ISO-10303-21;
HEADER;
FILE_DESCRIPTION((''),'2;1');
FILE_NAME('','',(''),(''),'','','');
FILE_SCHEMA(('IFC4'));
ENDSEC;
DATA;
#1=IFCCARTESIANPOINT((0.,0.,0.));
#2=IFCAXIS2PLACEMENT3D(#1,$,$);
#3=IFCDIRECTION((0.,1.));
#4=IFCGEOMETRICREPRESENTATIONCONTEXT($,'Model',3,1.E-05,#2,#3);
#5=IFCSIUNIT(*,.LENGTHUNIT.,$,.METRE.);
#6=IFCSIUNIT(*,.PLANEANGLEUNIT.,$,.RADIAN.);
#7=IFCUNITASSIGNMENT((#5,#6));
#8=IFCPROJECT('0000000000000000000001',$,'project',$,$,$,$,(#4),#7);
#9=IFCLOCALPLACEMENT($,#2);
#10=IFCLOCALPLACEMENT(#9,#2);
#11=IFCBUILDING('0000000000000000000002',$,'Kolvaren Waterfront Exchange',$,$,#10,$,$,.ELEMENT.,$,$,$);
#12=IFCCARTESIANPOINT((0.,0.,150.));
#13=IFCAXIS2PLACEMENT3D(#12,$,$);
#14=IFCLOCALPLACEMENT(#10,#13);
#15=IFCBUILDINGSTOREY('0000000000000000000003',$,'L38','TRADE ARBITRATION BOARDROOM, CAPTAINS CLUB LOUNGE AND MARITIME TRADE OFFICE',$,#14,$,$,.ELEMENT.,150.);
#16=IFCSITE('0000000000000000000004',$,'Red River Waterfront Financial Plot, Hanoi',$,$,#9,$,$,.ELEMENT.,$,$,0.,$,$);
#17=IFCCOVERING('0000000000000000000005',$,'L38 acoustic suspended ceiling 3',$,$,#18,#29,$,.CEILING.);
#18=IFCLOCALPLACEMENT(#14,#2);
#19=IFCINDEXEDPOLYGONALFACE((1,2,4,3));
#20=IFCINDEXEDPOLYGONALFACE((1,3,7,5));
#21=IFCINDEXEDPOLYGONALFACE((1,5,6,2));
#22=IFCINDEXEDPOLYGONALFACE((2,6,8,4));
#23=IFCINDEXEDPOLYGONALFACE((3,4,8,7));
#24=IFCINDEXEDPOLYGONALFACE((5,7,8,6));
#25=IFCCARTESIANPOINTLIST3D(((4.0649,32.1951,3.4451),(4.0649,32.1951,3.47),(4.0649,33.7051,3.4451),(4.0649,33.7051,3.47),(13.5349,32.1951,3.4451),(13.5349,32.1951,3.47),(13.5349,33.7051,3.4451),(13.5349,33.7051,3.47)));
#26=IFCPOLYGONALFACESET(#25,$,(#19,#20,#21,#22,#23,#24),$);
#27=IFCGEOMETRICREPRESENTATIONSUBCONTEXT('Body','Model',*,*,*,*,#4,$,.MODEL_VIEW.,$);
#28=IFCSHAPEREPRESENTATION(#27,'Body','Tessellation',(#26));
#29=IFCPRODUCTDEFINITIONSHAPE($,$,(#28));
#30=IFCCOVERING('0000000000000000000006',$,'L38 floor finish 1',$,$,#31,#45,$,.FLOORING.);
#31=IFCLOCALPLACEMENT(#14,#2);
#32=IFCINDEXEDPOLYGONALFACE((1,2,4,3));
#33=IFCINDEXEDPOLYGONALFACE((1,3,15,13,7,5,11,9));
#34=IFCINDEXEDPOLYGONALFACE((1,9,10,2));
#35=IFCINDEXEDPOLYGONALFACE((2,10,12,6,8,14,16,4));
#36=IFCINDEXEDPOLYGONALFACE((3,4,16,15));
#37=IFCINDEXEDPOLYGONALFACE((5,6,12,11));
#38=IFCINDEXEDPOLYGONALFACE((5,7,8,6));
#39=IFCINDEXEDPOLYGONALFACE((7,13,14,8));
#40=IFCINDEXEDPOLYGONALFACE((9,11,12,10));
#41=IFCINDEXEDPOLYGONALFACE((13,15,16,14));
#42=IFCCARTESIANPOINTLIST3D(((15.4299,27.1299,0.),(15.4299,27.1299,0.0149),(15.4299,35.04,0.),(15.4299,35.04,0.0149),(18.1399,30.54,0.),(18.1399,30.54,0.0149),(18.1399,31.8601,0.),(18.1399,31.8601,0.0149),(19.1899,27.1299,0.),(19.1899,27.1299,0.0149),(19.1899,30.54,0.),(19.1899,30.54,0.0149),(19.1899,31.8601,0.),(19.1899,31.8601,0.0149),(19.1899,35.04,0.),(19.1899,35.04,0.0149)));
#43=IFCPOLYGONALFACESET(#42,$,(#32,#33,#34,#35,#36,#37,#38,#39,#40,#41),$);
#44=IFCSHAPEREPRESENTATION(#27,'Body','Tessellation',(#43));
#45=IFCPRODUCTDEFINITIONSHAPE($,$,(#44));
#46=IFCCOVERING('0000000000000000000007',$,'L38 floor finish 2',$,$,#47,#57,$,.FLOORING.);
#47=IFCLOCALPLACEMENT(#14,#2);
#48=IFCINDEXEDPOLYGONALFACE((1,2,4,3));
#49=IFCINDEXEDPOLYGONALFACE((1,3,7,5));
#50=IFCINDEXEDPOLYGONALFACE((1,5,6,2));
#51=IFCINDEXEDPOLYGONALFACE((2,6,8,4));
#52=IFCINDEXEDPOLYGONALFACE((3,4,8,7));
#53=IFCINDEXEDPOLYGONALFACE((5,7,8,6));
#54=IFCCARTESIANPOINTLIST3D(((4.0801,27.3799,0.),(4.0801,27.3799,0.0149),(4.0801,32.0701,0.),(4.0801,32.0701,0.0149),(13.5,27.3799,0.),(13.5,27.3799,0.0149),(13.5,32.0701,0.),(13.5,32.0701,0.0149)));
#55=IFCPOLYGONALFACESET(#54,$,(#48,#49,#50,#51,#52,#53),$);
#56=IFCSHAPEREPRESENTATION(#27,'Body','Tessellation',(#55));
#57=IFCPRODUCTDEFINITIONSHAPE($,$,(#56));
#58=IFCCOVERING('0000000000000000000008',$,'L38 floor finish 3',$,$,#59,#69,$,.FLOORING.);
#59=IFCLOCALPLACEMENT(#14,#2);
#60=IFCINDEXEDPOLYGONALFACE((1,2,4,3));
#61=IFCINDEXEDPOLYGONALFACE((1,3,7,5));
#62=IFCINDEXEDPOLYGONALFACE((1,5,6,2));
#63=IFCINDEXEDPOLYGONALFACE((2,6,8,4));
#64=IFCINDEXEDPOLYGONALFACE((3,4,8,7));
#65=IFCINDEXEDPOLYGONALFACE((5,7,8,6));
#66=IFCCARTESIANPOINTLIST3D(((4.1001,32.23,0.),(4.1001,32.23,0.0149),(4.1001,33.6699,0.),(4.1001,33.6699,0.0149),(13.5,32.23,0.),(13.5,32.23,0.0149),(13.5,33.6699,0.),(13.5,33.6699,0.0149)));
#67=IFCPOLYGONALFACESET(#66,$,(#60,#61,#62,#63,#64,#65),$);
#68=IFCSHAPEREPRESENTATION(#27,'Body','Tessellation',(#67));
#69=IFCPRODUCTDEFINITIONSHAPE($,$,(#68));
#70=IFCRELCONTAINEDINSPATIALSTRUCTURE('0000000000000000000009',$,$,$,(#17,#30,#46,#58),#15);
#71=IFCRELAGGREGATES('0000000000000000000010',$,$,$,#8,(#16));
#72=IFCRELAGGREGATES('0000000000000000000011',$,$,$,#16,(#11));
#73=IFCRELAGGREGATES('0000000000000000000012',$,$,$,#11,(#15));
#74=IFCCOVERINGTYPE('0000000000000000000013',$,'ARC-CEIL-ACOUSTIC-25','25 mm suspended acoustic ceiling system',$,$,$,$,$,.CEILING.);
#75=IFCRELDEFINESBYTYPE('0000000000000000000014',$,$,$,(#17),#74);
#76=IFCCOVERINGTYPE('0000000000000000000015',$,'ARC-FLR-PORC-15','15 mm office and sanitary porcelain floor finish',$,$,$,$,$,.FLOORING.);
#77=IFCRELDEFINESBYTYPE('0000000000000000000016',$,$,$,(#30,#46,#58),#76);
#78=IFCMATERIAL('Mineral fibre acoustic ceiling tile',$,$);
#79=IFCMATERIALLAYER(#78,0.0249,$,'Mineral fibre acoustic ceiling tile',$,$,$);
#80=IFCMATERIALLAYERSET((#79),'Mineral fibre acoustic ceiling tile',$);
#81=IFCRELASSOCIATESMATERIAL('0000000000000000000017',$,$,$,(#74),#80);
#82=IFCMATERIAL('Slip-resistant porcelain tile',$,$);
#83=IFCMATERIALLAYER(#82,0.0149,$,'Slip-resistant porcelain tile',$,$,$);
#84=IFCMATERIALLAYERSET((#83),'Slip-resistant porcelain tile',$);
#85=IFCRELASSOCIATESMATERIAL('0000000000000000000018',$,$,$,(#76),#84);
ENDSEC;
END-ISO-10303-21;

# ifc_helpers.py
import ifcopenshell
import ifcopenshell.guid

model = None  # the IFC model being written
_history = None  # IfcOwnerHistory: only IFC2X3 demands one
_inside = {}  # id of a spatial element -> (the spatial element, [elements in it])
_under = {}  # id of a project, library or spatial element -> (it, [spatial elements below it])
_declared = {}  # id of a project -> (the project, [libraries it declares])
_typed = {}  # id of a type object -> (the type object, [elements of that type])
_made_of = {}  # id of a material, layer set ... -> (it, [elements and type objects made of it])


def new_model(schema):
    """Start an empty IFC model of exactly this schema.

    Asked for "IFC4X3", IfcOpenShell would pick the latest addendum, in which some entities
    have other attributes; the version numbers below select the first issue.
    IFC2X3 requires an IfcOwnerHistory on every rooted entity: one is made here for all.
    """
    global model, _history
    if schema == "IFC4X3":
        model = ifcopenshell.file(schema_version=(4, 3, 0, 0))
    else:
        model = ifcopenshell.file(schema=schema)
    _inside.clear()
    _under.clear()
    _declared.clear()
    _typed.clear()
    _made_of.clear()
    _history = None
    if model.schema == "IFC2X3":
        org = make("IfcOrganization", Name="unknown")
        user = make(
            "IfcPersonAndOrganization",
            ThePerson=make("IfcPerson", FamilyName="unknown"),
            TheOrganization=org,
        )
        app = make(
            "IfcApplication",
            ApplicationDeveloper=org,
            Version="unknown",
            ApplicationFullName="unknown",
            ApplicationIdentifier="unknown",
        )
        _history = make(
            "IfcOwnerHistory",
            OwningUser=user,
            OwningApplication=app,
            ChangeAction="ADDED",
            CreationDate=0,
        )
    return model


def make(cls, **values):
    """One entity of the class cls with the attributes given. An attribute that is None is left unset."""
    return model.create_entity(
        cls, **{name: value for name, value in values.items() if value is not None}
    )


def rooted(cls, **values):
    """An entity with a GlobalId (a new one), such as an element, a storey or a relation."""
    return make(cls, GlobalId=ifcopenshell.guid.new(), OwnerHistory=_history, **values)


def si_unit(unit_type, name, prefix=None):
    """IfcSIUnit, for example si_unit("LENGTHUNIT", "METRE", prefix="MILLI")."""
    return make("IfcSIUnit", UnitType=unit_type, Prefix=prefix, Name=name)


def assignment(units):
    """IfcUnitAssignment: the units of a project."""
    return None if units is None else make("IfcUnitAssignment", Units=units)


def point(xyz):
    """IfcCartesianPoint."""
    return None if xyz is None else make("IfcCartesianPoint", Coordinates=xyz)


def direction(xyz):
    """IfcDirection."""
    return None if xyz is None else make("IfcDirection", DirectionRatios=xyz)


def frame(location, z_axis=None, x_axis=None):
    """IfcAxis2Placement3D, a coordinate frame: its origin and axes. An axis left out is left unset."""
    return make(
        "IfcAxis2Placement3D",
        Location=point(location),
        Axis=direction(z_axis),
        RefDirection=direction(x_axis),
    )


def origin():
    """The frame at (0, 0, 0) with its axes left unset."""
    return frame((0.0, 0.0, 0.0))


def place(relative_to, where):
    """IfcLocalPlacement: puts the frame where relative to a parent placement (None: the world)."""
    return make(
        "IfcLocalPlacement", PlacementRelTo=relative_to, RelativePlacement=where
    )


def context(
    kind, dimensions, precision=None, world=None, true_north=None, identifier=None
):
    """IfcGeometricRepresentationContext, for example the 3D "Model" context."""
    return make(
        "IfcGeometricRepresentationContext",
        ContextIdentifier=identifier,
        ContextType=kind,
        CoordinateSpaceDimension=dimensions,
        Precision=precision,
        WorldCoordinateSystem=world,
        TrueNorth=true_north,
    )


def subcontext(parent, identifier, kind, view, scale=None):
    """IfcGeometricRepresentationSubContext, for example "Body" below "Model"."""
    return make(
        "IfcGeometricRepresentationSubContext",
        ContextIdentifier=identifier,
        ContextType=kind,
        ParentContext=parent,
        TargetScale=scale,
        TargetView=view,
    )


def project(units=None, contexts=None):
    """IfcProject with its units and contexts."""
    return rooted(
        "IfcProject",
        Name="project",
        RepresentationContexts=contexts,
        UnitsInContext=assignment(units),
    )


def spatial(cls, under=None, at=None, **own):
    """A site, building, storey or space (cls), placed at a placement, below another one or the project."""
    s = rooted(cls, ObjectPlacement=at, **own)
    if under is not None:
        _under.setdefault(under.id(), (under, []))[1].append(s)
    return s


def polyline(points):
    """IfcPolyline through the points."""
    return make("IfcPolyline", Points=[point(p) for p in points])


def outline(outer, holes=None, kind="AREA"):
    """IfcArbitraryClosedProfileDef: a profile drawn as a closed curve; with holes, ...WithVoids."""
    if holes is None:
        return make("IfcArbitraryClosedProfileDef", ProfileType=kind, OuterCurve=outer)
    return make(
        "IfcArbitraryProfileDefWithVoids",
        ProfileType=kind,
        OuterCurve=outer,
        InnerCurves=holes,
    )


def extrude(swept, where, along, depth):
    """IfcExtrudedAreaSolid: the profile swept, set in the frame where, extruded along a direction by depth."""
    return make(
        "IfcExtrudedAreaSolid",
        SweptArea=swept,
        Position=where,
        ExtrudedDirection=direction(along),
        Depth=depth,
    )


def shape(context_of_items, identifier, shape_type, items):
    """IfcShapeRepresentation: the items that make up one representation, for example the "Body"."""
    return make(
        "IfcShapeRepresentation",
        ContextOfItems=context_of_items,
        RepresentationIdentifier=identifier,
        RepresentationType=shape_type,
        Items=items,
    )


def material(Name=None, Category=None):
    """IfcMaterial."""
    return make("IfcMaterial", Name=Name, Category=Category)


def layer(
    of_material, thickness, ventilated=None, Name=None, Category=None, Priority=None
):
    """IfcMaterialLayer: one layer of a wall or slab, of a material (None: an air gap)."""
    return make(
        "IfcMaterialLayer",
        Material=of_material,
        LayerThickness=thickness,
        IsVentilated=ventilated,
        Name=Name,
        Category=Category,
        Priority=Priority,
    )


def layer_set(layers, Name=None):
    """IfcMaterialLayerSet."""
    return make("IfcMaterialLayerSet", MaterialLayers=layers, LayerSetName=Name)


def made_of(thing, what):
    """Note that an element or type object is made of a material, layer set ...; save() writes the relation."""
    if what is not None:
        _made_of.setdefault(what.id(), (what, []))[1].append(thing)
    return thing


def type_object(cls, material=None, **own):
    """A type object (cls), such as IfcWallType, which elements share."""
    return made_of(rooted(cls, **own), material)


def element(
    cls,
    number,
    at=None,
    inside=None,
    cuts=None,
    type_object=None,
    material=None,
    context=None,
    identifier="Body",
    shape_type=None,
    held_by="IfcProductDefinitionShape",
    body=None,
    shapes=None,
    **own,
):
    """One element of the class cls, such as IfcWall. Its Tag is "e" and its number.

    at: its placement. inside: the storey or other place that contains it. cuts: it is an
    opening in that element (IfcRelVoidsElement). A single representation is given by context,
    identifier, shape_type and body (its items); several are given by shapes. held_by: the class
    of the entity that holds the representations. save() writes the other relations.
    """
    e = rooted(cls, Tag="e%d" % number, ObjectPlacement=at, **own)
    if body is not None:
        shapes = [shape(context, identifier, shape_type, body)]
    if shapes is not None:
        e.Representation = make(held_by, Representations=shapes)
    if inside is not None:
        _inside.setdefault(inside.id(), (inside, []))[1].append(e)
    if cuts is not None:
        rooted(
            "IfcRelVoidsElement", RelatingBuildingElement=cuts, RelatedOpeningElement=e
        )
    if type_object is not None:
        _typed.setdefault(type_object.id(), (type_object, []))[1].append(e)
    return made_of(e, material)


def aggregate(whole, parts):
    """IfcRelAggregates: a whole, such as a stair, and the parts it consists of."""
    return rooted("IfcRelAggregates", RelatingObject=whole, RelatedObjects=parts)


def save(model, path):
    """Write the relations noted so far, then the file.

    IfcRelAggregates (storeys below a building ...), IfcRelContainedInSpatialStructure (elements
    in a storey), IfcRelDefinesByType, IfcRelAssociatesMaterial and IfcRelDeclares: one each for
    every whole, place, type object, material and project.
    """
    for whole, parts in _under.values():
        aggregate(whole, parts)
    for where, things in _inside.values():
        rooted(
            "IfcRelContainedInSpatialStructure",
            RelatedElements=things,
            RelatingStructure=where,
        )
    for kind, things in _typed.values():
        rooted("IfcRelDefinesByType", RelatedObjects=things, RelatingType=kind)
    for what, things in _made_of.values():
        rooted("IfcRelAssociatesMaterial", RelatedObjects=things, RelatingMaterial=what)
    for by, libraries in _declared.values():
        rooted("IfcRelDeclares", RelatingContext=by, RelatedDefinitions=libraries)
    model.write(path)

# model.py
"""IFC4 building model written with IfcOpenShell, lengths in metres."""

from ifc_helpers import new_model, si_unit, direction, frame, origin, place, context, subcontext, project, spatial, polyline, outline, extrude, material, layer, layer_set, type_object, element, save


model = new_model("IFC4")

# Units and contexts
model_context = context("Model", 3, precision=1e-05, world=origin(), true_north=direction((0.0, 1.0)))
body_context = subcontext(model_context, "Body", "Model", "MODEL_VIEW")
ifc_project = project(units=[si_unit("LENGTHUNIT", "METRE"), si_unit("PLANEANGLEUNIT", "RADIAN")], contexts=[model_context])

# Site, building, storey
site_placement = place(None, origin())
site = spatial("IfcSite", under=ifc_project, at=site_placement, Name="Red River Waterfront Financial Plot, Hanoi", CompositionType="ELEMENT", RefElevation=0.0)
building_placement = place(site_placement, origin())
building = spatial("IfcBuilding", under=site, at=building_placement, Name="Kolvaren Waterfront Exchange", CompositionType="ELEMENT")
storey_placement = place(building_placement, frame((0.0, 0.0, 150.0)))
storey = spatial("IfcBuildingStorey", under=building, at=storey_placement, Name="L38", Description="TRADE ARBITRATION BOARDROOM, CAPTAINS CLUB LOUNGE AND MARITIME TRADE OFFICE", CompositionType="ELEMENT", Elevation=150.0)

# Coverings
ifc_material_1 = material(Name="Mineral fibre acoustic ceiling tile")
ifc_layer_1 = layer(ifc_material_1, 0.0249, Name="Mineral fibre acoustic ceiling tile")
ifc_layer_set_1 = layer_set([ifc_layer_1], Name="Mineral fibre acoustic ceiling tile")
covering_type_1 = type_object("IfcCoveringType", Name="ARC-CEIL-ACOUSTIC-25", Description="25 mm suspended acoustic ceiling system", PredefinedType="CEILING", material=ifc_layer_set_1)
covering_1_placement = place(storey_placement, frame((0.0, 0.0, 3.4451)))
element("IfcCovering", 1, at=covering_1_placement, inside=storey, type_object=covering_type_1, Name="L38 acoustic suspended ceiling 3", PredefinedType="CEILING", context=body_context, shape_type="SweptSolid", body=[
    extrude(outline(polyline([(13.5349, 32.1951), (13.5349, 33.7051), (4.0649, 33.7051), (4.0649, 32.1951), (13.5349, 32.1951)])), origin(), (0.0, 0.0, 1.0), 0.0249),
])
ifc_material_2 = material(Name="Slip-resistant porcelain tile")
ifc_layer_2 = layer(ifc_material_2, 0.0149, Name="Slip-resistant porcelain tile")
ifc_layer_set_2 = layer_set([ifc_layer_2], Name="Slip-resistant porcelain tile")
covering_type_2 = type_object("IfcCoveringType", Name="ARC-FLR-PORC-15", Description="15 mm office and sanitary porcelain floor finish", PredefinedType="FLOORING", material=ifc_layer_set_2)
covering_2_placement = place(storey_placement, origin())
element("IfcCovering", 2, at=covering_2_placement, inside=storey, type_object=covering_type_2, Name="L38 floor finish 1", PredefinedType="FLOORING", context=body_context, shape_type="SweptSolid", body=[
    extrude(outline(polyline([(15.4299, 35.04), (15.4299, 27.1299), (19.1899, 27.1299), (19.1899, 30.54), (18.1399, 30.54), (18.1399, 31.8601), (19.1899, 31.8601), (19.1899, 35.04), (15.4299, 35.04)])), origin(), (0.0, 0.0, 1.0), 0.0149),
])
covering_3_placement = place(storey_placement, origin())
element("IfcCovering", 3, at=covering_3_placement, inside=storey, type_object=covering_type_2, Name="L38 floor finish 2", PredefinedType="FLOORING", context=body_context, shape_type="SweptSolid", body=[
    extrude(outline(polyline([(4.0801, 32.0701), (4.0801, 27.3799), (13.5, 27.3799), (13.5, 32.0701), (4.0801, 32.0701)])), origin(), (0.0, 0.0, 1.0), 0.0149),
])
covering_4_placement = place(storey_placement, origin())
element("IfcCovering", 4, at=covering_4_placement, inside=storey, type_object=covering_type_2, Name="L38 floor finish 3", PredefinedType="FLOORING", context=body_context, shape_type="SweptSolid", body=[
    extrude(outline(polyline([(4.1001, 33.6699), (4.1001, 32.23), (13.5, 32.23), (13.5, 33.6699), (4.1001, 33.6699)])), origin(), (0.0, 0.0, 1.0), 0.0149),
])

save(model, "model.ifc")
